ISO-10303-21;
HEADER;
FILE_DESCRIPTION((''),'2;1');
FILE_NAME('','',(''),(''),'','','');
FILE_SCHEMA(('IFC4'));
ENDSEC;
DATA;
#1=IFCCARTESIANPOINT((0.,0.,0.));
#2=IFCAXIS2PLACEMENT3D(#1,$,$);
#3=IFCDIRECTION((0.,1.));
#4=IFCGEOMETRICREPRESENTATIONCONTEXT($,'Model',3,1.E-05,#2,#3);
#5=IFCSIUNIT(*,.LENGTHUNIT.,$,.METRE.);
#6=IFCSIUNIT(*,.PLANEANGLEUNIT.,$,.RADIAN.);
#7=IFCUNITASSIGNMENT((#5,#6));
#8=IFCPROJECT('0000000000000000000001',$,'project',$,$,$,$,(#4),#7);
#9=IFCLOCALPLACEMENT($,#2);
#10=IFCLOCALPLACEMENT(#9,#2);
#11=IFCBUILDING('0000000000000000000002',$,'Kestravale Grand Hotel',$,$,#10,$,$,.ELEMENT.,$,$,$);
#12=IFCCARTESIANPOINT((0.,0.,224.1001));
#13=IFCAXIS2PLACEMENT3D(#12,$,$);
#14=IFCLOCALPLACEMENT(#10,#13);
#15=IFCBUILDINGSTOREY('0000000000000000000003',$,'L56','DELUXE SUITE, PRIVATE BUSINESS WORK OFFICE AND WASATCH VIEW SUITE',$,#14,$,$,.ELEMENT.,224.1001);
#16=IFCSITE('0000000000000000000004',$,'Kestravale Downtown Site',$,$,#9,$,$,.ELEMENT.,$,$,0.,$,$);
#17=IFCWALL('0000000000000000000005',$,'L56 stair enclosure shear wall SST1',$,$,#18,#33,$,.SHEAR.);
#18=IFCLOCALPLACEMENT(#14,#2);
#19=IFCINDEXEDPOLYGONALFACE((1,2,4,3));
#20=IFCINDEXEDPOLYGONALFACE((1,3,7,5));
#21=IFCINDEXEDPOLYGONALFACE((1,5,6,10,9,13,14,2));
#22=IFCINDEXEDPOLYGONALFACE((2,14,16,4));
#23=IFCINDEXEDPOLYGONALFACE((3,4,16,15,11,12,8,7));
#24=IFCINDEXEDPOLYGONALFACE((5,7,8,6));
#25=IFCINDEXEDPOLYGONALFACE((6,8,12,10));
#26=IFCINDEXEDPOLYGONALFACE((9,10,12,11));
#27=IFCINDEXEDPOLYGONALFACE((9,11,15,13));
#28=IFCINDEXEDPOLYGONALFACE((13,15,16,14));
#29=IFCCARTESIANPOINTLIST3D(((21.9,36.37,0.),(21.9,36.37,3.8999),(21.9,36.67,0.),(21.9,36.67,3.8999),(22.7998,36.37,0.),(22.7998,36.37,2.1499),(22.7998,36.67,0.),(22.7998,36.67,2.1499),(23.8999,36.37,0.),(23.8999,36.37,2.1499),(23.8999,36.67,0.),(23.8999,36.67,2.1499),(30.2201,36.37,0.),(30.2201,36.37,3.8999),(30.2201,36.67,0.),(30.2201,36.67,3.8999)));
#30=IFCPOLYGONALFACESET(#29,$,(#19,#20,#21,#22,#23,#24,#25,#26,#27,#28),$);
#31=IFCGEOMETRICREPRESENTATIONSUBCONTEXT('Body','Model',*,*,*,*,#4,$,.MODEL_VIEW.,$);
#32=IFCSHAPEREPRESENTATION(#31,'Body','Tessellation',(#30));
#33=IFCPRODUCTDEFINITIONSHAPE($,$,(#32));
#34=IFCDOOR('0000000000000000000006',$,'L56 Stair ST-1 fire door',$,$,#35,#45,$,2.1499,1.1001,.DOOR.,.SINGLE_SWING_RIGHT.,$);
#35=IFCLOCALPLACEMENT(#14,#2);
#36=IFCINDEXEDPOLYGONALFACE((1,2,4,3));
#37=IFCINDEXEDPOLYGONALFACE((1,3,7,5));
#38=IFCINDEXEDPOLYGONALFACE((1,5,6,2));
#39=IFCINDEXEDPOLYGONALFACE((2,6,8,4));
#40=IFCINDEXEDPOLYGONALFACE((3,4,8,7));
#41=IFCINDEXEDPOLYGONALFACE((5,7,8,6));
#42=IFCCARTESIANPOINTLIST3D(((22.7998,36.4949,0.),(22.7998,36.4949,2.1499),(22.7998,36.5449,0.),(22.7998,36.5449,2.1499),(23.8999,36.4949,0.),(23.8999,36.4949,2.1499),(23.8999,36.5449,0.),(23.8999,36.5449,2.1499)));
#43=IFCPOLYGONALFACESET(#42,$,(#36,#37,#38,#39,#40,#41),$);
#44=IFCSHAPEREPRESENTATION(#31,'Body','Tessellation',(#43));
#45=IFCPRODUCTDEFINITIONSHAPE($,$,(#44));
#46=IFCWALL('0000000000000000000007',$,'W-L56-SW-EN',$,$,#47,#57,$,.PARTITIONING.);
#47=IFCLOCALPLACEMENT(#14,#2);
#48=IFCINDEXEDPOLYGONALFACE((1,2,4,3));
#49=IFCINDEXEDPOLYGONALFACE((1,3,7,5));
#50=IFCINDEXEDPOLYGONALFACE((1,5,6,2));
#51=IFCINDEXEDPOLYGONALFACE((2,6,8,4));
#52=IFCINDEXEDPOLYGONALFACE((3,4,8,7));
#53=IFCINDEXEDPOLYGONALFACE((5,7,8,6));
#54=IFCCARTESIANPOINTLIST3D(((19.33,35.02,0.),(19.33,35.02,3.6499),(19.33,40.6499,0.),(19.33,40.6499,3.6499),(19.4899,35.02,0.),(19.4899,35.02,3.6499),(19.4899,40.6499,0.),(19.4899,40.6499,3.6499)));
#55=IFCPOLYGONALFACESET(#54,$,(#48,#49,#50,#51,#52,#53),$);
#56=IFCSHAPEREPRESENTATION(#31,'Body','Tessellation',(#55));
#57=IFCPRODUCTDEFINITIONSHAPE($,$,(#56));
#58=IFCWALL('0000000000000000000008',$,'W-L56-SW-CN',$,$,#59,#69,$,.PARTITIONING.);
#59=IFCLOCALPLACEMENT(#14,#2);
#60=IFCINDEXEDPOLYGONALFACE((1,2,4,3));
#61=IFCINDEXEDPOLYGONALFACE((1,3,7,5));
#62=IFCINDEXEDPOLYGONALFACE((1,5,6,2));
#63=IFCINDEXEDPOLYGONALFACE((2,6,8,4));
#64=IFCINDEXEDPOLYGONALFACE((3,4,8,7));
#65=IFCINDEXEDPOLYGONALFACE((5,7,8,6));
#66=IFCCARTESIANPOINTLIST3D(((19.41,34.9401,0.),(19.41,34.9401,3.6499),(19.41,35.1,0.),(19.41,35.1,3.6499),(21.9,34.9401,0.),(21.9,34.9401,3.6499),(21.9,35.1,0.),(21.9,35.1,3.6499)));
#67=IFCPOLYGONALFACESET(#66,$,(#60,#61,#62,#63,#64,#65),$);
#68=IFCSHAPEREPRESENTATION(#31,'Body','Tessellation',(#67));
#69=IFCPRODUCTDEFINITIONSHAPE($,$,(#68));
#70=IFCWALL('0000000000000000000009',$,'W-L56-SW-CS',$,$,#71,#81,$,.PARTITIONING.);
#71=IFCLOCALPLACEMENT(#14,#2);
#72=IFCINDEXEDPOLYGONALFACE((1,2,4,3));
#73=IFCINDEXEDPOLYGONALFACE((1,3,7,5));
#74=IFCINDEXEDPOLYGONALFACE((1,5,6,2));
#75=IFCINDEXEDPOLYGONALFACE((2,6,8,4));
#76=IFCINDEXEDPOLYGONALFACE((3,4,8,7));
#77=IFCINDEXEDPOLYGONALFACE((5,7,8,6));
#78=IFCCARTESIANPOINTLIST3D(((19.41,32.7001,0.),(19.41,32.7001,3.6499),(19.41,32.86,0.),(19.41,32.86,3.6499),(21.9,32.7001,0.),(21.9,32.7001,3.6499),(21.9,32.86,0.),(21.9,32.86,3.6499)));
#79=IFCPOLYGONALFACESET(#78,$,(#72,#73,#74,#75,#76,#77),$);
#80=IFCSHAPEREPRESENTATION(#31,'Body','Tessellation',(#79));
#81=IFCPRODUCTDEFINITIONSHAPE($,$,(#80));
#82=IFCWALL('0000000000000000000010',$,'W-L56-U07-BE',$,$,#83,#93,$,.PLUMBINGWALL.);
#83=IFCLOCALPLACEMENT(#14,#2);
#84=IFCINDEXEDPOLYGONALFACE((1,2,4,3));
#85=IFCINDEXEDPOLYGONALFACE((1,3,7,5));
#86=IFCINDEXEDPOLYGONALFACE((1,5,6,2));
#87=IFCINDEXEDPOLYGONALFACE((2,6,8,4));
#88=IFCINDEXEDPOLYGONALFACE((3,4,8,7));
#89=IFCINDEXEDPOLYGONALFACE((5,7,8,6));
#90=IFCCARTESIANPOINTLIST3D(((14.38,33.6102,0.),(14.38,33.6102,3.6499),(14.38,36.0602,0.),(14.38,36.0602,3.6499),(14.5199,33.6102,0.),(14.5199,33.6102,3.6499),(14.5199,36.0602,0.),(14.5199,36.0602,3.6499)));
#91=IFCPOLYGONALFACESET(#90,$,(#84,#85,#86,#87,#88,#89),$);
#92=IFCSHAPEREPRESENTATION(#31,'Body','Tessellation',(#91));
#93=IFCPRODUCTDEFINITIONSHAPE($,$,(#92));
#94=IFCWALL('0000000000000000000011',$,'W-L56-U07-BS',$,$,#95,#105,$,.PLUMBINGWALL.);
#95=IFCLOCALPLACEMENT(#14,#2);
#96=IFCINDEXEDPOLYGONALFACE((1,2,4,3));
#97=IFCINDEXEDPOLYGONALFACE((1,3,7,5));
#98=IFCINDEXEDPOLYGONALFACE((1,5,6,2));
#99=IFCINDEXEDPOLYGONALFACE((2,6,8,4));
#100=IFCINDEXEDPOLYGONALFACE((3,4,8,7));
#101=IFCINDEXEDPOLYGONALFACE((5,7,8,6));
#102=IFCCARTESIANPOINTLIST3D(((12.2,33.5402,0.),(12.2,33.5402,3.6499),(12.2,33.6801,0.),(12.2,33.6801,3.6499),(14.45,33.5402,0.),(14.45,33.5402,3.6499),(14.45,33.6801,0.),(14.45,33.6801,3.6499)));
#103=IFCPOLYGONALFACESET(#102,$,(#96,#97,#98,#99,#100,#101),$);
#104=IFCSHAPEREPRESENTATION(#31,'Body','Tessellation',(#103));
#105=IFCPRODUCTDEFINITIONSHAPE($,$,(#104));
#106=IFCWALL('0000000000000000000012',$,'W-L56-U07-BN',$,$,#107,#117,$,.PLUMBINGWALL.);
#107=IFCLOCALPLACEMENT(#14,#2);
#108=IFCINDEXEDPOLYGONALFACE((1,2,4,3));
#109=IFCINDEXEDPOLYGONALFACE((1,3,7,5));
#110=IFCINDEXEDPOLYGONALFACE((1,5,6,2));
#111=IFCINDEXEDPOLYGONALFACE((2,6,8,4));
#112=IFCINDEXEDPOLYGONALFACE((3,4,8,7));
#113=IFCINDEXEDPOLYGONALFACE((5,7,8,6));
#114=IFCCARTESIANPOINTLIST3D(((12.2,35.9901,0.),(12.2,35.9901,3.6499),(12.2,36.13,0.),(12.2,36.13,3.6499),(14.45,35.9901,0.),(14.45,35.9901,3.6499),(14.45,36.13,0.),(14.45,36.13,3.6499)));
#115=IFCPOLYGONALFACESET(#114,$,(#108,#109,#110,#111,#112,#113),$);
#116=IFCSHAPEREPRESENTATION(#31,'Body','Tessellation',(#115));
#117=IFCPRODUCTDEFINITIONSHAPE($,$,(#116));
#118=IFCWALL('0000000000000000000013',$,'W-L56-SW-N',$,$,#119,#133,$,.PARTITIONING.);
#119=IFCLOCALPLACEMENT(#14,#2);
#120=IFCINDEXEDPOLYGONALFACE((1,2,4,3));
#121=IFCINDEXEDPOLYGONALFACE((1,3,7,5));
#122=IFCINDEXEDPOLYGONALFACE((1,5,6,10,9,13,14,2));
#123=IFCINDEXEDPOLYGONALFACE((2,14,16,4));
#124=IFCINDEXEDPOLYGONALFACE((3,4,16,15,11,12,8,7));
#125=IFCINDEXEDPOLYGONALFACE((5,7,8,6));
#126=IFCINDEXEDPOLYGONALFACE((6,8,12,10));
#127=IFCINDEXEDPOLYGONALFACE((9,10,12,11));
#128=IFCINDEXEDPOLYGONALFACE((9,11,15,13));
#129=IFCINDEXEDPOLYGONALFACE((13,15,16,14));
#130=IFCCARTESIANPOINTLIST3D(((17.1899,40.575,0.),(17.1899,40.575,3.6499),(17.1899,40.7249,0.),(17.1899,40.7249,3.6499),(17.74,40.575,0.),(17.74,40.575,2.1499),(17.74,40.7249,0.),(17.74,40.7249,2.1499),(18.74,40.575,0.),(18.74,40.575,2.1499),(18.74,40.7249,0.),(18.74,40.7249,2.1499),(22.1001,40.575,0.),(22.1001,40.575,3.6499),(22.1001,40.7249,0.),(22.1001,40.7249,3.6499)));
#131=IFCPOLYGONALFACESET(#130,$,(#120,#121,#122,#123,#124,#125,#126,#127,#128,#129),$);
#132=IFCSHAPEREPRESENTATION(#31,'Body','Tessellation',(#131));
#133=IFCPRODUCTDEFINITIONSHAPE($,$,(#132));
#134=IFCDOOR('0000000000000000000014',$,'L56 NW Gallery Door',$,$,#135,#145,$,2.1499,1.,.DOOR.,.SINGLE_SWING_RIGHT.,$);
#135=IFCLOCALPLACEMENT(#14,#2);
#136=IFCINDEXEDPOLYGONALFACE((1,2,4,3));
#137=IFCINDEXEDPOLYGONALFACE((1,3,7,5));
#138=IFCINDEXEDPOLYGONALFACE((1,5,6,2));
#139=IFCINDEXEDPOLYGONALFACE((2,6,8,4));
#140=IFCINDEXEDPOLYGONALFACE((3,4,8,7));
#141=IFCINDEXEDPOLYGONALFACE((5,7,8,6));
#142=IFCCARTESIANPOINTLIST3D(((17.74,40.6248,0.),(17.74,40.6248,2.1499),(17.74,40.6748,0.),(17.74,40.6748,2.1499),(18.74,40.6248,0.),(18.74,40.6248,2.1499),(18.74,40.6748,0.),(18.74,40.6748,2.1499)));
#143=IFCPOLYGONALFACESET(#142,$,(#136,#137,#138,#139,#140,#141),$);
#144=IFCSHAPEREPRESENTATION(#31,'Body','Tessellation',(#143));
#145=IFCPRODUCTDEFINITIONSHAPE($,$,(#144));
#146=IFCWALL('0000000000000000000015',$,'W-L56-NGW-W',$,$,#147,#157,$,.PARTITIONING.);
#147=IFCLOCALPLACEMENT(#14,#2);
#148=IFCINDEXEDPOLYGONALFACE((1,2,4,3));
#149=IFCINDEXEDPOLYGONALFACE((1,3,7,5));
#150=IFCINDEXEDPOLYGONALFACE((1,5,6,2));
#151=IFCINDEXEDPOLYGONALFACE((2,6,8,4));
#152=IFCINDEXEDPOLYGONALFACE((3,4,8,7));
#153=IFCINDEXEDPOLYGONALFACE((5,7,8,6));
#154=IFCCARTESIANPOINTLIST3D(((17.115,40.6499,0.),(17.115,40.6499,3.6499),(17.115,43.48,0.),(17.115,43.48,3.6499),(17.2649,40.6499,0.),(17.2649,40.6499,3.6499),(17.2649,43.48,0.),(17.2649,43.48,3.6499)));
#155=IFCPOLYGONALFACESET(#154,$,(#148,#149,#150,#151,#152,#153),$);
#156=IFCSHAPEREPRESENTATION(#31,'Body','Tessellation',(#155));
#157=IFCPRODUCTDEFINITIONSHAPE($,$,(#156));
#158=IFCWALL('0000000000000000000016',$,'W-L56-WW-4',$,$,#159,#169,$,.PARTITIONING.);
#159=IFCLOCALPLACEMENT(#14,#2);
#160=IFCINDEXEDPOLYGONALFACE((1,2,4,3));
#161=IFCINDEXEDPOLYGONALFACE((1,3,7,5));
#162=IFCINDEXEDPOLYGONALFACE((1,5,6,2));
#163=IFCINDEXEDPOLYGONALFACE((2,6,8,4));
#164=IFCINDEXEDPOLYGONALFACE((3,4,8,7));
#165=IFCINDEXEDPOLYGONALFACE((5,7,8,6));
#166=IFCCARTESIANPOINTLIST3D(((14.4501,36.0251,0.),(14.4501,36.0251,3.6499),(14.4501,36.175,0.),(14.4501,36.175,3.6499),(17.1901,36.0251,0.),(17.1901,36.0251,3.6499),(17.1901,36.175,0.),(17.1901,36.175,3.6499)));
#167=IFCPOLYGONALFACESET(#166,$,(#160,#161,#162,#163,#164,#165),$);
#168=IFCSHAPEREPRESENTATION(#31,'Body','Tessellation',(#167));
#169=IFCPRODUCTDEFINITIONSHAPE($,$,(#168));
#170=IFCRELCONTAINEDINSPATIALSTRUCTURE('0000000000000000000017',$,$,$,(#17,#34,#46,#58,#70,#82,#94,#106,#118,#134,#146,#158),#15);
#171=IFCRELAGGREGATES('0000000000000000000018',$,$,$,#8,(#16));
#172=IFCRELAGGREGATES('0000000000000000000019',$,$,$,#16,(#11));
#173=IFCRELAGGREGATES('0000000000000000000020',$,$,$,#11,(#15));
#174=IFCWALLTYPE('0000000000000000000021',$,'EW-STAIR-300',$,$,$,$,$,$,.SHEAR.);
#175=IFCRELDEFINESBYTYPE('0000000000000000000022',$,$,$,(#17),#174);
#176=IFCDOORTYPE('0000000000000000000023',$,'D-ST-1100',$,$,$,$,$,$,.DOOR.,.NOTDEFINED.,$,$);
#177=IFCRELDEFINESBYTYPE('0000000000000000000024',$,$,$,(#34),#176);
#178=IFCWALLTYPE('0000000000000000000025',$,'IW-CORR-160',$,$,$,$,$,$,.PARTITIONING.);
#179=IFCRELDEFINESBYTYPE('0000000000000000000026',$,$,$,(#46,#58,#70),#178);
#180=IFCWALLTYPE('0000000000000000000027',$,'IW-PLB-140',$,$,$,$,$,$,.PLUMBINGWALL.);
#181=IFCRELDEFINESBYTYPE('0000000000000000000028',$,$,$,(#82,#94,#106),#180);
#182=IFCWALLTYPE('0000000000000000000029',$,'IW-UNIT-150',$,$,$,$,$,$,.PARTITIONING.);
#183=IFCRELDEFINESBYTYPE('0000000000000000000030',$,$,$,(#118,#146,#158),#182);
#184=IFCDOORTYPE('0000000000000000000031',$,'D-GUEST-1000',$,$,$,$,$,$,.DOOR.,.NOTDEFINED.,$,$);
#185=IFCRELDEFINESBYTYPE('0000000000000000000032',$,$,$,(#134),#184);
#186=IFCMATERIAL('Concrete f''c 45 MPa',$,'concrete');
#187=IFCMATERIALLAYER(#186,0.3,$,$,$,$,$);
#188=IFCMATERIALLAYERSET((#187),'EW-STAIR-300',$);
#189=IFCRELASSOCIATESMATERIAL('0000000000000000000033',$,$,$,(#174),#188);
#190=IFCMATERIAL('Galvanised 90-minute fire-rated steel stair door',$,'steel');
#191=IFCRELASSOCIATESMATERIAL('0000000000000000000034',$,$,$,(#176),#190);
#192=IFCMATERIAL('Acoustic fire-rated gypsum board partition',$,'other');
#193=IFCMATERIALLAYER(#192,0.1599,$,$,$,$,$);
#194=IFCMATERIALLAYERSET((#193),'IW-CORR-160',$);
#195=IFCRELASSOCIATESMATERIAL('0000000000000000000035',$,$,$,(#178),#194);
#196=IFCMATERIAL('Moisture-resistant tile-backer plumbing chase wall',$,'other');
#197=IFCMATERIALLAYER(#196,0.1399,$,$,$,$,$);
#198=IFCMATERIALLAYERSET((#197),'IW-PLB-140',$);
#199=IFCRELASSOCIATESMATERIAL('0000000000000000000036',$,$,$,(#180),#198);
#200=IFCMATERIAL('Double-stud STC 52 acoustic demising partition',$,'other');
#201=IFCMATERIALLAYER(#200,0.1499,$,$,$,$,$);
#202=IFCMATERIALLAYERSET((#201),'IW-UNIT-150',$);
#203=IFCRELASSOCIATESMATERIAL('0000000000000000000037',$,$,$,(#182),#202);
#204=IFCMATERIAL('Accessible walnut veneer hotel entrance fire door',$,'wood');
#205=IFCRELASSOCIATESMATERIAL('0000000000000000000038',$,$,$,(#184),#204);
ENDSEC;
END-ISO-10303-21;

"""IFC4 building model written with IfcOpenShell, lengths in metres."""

from ifc_helpers import new_model, si_unit, direction, frame, frame_2d, origin, place, context, subcontext, project, spatial, rectangle, extrude, material, layer, layer_set, type_object, element, fill, save


model = new_model("IFC4")

# Units and contexts
model_context = context("Model", 3, precision=1e-05, world=origin(), true_north=direction((0.0, 1.0)))
body_context = subcontext(model_context, "Body", "Model", "MODEL_VIEW")
ifc_project = project(units=[si_unit("LENGTHUNIT", "METRE"), si_unit("PLANEANGLEUNIT", "RADIAN")], contexts=[model_context])

# Site, building, storey
site_placement = place(None, origin())
site = spatial("IfcSite", under=ifc_project, at=site_placement, Name="Kestravale Downtown Site", CompositionType="ELEMENT", RefElevation=0.0)
building_placement = place(site_placement, origin())
building = spatial("IfcBuilding", under=site, at=building_placement, Name="Kestravale Grand Hotel", CompositionType="ELEMENT")
storey_placement = place(building_placement, frame((0.0, 0.0, 224.1001)))
storey = spatial("IfcBuildingStorey", under=building, at=storey_placement, Name="L56", Description="DELUXE SUITE, PRIVATE BUSINESS WORK OFFICE AND WASATCH VIEW SUITE", CompositionType="ELEMENT", Elevation=224.1001)

# Wall, opening, door
ifc_material_1 = material(Name="Concrete f'c 45 MPa", Category="concrete")
ifc_layer_1 = layer(ifc_material_1, 0.3)
ifc_layer_set_1 = layer_set([ifc_layer_1], Name="EW-STAIR-300")
wall_type_1 = type_object("IfcWallType", Name="EW-STAIR-300", PredefinedType="SHEAR", material=ifc_layer_set_1)
wall_1_placement = place(storey_placement, frame((21.8999, 36.52, 0.0), z_axis=(0.0, 0.0, 1.0), x_axis=(1.0, 0.0, 0.0)))
wall_1 = element("IfcWall", 1, at=wall_1_placement, inside=storey, type_object=wall_type_1, Name="L56 stair enclosure shear wall SST1", PredefinedType="SHEAR", context=body_context, shape_type="SweptSolid", body=[
    extrude(rectangle(XDim=8.3201, YDim=0.3, at=frame_2d((4.1602, 0.0))), origin(), (0.0, 0.0, 1.0), 3.8999),
])
opening_1_placement = place(wall_1_placement, frame((0.8999, 0.0, 0.0)))
opening_1 = element("IfcOpeningElement", 2, at=opening_1_placement, cuts=wall_1, PredefinedType="OPENING", context=body_context, shape_type="SweptSolid", body=[
    extrude(rectangle(XDim=1.1001, YDim=2.1499, at=frame_2d((0.55, 1.075))), frame((0.0, 0.1599, 0.0), z_axis=(0.0, -1.0, 0.0), x_axis=(1.0, 0.0, 0.0)), (0.0, 0.0, 1.0), 0.3201),
])
ifc_material_2 = material(Name="Galvanised 90-minute fire-rated steel stair door", Category="steel")
door_type_1 = type_object("IfcDoorType", Name="D-ST-1100", OperationType="NOTDEFINED", PredefinedType="DOOR", material=ifc_material_2)
door_1_placement = place(opening_1_placement, origin())
door_1 = element("IfcDoor", 3, at=door_1_placement, inside=storey, type_object=door_type_1, Name="L56 Stair ST-1 fire door", OperationType="SINGLE_SWING_RIGHT", OverallHeight=2.1499, OverallWidth=1.1001, PredefinedType="DOOR", context=body_context, shape_type="SweptSolid", body=[
    extrude(rectangle(XDim=1.1001, YDim=2.1499, at=frame_2d((0.55, 1.075))), frame((0.0, 0.0249, 0.0), z_axis=(0.0, -1.0, 0.0), x_axis=(1.0, 0.0, 0.0)), (0.0, 0.0, 1.0), 0.05),
])
fill(opening_1, door_1)

# Walls
ifc_material_3 = material(Name="Acoustic fire-rated gypsum board partition", Category="other")
ifc_layer_2 = layer(ifc_material_3, 0.1599)
ifc_layer_set_2 = layer_set([ifc_layer_2], Name="IW-CORR-160")
wall_type_2 = type_object("IfcWallType", Name="IW-CORR-160", PredefinedType="PARTITIONING", material=ifc_layer_set_2)
wall_2_placement = place(storey_placement, frame((19.4099, 35.02, 0.0), z_axis=(0.0, 0.0, 1.0), x_axis=(0.0, 1.0, 0.0)))
element("IfcWall", 4, at=wall_2_placement, inside=storey, type_object=wall_type_2, Name="W-L56-SW-EN", PredefinedType="PARTITIONING", context=body_context, shape_type="SweptSolid", body=[
    extrude(rectangle(XDim=5.6299, YDim=0.1599, at=frame_2d((2.8149, 0.0))), origin(), (0.0, 0.0, 1.0), 3.6499),
])
for number, where, z_axis, x_axis, name in (
    (5, (19.4099, 35.02, 0.0), (0.0, 0.0, 1.0), (1.0, 0.0, 0.0), "W-L56-SW-CN"),
    (6, (19.4099, 32.78, 0.0), (0.0, 0.0, 1.0), (1.0, 0.0, 0.0), "W-L56-SW-CS"),
):
    element("IfcWall", number, at=place(storey_placement, frame(where, z_axis=z_axis, x_axis=x_axis)), inside=storey, type_object=wall_type_2, Name=name, PredefinedType="PARTITIONING", context=body_context, shape_type="SweptSolid", body=[
        extrude(rectangle(XDim=2.49, YDim=0.1599, at=frame_2d((1.2451, 0.0))), origin(), (0.0, 0.0, 1.0), 3.6499),
    ])
ifc_material_4 = material(Name="Moisture-resistant tile-backer plumbing chase wall", Category="other")
ifc_layer_3 = layer(ifc_material_4, 0.1399)
ifc_layer_set_3 = layer_set([ifc_layer_3], Name="IW-PLB-140")
wall_type_3 = type_object("IfcWallType", Name="IW-PLB-140", PredefinedType="PLUMBINGWALL", material=ifc_layer_set_3)
wall_3_placement = place(storey_placement, frame((14.45, 33.6101, 0.0), z_axis=(0.0, 0.0, 1.0), x_axis=(0.0, 1.0, 0.0)))
element("IfcWall", 7, at=wall_3_placement, inside=storey, type_object=wall_type_3, Name="W-L56-U07-BE", PredefinedType="PLUMBINGWALL", context=body_context, shape_type="SweptSolid", body=[
    extrude(rectangle(XDim=2.45, YDim=0.1399, at=frame_2d((1.2251, 0.0))), origin(), (0.0, 0.0, 1.0), 3.6499),
])
for number, where, z_axis, x_axis, name in (
    (8, (12.2, 33.6101, 0.0), (0.0, 0.0, 1.0), (1.0, 0.0, 0.0), "W-L56-U07-BS"),
    (9, (12.2, 36.0601, 0.0), (0.0, 0.0, 1.0), (1.0, 0.0, 0.0), "W-L56-U07-BN"),
):
    element("IfcWall", number, at=place(storey_placement, frame(where, z_axis=z_axis, x_axis=x_axis)), inside=storey, type_object=wall_type_3, Name=name, PredefinedType="PLUMBINGWALL", context=body_context, shape_type="SweptSolid", body=[
        extrude(rectangle(XDim=2.25, YDim=0.1399, at=frame_2d((1.125, 0.0))), origin(), (0.0, 0.0, 1.0), 3.6499),
    ])

# Wall, opening, door
ifc_material_5 = material(Name="Double-stud STC 52 acoustic demising partition", Category="other")
ifc_layer_4 = layer(ifc_material_5, 0.1499)
ifc_layer_set_4 = layer_set([ifc_layer_4], Name="IW-UNIT-150")
wall_type_4 = type_object("IfcWallType", Name="IW-UNIT-150", PredefinedType="PARTITIONING", material=ifc_layer_set_4)
wall_4_placement = place(storey_placement, frame((17.1899, 40.6499, 0.0), z_axis=(0.0, 0.0, 1.0), x_axis=(1.0, 0.0, 0.0)))
wall_4 = element("IfcWall", 10, at=wall_4_placement, inside=storey, type_object=wall_type_4, Name="W-L56-SW-N", PredefinedType="PARTITIONING", context=body_context, shape_type="SweptSolid", body=[
    extrude(rectangle(XDim=4.9102, YDim=0.1499, at=frame_2d((2.4551, 0.0))), origin(), (0.0, 0.0, 1.0), 3.6499),
])
opening_2_placement = place(wall_4_placement, frame((0.55, 0.0, 0.0)))
opening_2 = element("IfcOpeningElement", 11, at=opening_2_placement, cuts=wall_4, PredefinedType="OPENING", context=body_context, shape_type="SweptSolid", body=[
    extrude(rectangle(XDim=1.0, YDim=2.1499, at=frame_2d((0.5, 1.075))), frame((0.0, 0.085, 0.0), z_axis=(0.0, -1.0, 0.0), x_axis=(1.0, 0.0, 0.0)), (0.0, 0.0, 1.0), 0.1699),
])
ifc_material_6 = material(Name="Accessible walnut veneer hotel entrance fire door", Category="wood")
door_type_2 = type_object("IfcDoorType", Name="D-GUEST-1000", OperationType="NOTDEFINED", PredefinedType="DOOR", material=ifc_material_6)
door_2_placement = place(opening_2_placement, origin())
door_2 = element("IfcDoor", 12, at=door_2_placement, inside=storey, type_object=door_type_2, Name="L56 NW Gallery Door", OperationType="SINGLE_SWING_RIGHT", OverallHeight=2.1499, OverallWidth=1.0, PredefinedType="DOOR", context=body_context, shape_type="SweptSolid", body=[
    extrude(rectangle(XDim=1.0, YDim=2.1499, at=frame_2d((0.5, 1.075))), frame((0.0, 0.0249, 0.0), z_axis=(0.0, -1.0, 0.0), x_axis=(1.0, 0.0, 0.0)), (0.0, 0.0, 1.0), 0.05),
])
fill(opening_2, door_2)

# Walls
wall_5_placement = place(storey_placement, frame((17.1899, 40.6499, 0.0), z_axis=(0.0, 0.0, 1.0), x_axis=(0.0, 1.0, 0.0)))
element("IfcWall", 13, at=wall_5_placement, inside=storey, type_object=wall_type_4, Name="W-L56-NGW-W", PredefinedType="PARTITIONING", context=body_context, shape_type="SweptSolid", body=[
    extrude(rectangle(XDim=2.8301, YDim=0.1499, at=frame_2d((1.415, 0.0))), origin(), (0.0, 0.0, 1.0), 3.6499),
])
wall_6_placement = place(storey_placement, frame((14.45, 36.1001, 0.0), z_axis=(0.0, 0.0, 1.0), x_axis=(1.0, 0.0, 0.0)))
element("IfcWall", 14, at=wall_6_placement, inside=storey, type_object=wall_type_4, Name="W-L56-WW-4", PredefinedType="PARTITIONING", context=body_context, shape_type="SweptSolid", body=[
    extrude(rectangle(XDim=2.74, YDim=0.1499, at=frame_2d((1.3701, 0.0))), origin(), (0.0, 0.0, 1.0), 3.6499),
])

save(model, "model.ifc")
